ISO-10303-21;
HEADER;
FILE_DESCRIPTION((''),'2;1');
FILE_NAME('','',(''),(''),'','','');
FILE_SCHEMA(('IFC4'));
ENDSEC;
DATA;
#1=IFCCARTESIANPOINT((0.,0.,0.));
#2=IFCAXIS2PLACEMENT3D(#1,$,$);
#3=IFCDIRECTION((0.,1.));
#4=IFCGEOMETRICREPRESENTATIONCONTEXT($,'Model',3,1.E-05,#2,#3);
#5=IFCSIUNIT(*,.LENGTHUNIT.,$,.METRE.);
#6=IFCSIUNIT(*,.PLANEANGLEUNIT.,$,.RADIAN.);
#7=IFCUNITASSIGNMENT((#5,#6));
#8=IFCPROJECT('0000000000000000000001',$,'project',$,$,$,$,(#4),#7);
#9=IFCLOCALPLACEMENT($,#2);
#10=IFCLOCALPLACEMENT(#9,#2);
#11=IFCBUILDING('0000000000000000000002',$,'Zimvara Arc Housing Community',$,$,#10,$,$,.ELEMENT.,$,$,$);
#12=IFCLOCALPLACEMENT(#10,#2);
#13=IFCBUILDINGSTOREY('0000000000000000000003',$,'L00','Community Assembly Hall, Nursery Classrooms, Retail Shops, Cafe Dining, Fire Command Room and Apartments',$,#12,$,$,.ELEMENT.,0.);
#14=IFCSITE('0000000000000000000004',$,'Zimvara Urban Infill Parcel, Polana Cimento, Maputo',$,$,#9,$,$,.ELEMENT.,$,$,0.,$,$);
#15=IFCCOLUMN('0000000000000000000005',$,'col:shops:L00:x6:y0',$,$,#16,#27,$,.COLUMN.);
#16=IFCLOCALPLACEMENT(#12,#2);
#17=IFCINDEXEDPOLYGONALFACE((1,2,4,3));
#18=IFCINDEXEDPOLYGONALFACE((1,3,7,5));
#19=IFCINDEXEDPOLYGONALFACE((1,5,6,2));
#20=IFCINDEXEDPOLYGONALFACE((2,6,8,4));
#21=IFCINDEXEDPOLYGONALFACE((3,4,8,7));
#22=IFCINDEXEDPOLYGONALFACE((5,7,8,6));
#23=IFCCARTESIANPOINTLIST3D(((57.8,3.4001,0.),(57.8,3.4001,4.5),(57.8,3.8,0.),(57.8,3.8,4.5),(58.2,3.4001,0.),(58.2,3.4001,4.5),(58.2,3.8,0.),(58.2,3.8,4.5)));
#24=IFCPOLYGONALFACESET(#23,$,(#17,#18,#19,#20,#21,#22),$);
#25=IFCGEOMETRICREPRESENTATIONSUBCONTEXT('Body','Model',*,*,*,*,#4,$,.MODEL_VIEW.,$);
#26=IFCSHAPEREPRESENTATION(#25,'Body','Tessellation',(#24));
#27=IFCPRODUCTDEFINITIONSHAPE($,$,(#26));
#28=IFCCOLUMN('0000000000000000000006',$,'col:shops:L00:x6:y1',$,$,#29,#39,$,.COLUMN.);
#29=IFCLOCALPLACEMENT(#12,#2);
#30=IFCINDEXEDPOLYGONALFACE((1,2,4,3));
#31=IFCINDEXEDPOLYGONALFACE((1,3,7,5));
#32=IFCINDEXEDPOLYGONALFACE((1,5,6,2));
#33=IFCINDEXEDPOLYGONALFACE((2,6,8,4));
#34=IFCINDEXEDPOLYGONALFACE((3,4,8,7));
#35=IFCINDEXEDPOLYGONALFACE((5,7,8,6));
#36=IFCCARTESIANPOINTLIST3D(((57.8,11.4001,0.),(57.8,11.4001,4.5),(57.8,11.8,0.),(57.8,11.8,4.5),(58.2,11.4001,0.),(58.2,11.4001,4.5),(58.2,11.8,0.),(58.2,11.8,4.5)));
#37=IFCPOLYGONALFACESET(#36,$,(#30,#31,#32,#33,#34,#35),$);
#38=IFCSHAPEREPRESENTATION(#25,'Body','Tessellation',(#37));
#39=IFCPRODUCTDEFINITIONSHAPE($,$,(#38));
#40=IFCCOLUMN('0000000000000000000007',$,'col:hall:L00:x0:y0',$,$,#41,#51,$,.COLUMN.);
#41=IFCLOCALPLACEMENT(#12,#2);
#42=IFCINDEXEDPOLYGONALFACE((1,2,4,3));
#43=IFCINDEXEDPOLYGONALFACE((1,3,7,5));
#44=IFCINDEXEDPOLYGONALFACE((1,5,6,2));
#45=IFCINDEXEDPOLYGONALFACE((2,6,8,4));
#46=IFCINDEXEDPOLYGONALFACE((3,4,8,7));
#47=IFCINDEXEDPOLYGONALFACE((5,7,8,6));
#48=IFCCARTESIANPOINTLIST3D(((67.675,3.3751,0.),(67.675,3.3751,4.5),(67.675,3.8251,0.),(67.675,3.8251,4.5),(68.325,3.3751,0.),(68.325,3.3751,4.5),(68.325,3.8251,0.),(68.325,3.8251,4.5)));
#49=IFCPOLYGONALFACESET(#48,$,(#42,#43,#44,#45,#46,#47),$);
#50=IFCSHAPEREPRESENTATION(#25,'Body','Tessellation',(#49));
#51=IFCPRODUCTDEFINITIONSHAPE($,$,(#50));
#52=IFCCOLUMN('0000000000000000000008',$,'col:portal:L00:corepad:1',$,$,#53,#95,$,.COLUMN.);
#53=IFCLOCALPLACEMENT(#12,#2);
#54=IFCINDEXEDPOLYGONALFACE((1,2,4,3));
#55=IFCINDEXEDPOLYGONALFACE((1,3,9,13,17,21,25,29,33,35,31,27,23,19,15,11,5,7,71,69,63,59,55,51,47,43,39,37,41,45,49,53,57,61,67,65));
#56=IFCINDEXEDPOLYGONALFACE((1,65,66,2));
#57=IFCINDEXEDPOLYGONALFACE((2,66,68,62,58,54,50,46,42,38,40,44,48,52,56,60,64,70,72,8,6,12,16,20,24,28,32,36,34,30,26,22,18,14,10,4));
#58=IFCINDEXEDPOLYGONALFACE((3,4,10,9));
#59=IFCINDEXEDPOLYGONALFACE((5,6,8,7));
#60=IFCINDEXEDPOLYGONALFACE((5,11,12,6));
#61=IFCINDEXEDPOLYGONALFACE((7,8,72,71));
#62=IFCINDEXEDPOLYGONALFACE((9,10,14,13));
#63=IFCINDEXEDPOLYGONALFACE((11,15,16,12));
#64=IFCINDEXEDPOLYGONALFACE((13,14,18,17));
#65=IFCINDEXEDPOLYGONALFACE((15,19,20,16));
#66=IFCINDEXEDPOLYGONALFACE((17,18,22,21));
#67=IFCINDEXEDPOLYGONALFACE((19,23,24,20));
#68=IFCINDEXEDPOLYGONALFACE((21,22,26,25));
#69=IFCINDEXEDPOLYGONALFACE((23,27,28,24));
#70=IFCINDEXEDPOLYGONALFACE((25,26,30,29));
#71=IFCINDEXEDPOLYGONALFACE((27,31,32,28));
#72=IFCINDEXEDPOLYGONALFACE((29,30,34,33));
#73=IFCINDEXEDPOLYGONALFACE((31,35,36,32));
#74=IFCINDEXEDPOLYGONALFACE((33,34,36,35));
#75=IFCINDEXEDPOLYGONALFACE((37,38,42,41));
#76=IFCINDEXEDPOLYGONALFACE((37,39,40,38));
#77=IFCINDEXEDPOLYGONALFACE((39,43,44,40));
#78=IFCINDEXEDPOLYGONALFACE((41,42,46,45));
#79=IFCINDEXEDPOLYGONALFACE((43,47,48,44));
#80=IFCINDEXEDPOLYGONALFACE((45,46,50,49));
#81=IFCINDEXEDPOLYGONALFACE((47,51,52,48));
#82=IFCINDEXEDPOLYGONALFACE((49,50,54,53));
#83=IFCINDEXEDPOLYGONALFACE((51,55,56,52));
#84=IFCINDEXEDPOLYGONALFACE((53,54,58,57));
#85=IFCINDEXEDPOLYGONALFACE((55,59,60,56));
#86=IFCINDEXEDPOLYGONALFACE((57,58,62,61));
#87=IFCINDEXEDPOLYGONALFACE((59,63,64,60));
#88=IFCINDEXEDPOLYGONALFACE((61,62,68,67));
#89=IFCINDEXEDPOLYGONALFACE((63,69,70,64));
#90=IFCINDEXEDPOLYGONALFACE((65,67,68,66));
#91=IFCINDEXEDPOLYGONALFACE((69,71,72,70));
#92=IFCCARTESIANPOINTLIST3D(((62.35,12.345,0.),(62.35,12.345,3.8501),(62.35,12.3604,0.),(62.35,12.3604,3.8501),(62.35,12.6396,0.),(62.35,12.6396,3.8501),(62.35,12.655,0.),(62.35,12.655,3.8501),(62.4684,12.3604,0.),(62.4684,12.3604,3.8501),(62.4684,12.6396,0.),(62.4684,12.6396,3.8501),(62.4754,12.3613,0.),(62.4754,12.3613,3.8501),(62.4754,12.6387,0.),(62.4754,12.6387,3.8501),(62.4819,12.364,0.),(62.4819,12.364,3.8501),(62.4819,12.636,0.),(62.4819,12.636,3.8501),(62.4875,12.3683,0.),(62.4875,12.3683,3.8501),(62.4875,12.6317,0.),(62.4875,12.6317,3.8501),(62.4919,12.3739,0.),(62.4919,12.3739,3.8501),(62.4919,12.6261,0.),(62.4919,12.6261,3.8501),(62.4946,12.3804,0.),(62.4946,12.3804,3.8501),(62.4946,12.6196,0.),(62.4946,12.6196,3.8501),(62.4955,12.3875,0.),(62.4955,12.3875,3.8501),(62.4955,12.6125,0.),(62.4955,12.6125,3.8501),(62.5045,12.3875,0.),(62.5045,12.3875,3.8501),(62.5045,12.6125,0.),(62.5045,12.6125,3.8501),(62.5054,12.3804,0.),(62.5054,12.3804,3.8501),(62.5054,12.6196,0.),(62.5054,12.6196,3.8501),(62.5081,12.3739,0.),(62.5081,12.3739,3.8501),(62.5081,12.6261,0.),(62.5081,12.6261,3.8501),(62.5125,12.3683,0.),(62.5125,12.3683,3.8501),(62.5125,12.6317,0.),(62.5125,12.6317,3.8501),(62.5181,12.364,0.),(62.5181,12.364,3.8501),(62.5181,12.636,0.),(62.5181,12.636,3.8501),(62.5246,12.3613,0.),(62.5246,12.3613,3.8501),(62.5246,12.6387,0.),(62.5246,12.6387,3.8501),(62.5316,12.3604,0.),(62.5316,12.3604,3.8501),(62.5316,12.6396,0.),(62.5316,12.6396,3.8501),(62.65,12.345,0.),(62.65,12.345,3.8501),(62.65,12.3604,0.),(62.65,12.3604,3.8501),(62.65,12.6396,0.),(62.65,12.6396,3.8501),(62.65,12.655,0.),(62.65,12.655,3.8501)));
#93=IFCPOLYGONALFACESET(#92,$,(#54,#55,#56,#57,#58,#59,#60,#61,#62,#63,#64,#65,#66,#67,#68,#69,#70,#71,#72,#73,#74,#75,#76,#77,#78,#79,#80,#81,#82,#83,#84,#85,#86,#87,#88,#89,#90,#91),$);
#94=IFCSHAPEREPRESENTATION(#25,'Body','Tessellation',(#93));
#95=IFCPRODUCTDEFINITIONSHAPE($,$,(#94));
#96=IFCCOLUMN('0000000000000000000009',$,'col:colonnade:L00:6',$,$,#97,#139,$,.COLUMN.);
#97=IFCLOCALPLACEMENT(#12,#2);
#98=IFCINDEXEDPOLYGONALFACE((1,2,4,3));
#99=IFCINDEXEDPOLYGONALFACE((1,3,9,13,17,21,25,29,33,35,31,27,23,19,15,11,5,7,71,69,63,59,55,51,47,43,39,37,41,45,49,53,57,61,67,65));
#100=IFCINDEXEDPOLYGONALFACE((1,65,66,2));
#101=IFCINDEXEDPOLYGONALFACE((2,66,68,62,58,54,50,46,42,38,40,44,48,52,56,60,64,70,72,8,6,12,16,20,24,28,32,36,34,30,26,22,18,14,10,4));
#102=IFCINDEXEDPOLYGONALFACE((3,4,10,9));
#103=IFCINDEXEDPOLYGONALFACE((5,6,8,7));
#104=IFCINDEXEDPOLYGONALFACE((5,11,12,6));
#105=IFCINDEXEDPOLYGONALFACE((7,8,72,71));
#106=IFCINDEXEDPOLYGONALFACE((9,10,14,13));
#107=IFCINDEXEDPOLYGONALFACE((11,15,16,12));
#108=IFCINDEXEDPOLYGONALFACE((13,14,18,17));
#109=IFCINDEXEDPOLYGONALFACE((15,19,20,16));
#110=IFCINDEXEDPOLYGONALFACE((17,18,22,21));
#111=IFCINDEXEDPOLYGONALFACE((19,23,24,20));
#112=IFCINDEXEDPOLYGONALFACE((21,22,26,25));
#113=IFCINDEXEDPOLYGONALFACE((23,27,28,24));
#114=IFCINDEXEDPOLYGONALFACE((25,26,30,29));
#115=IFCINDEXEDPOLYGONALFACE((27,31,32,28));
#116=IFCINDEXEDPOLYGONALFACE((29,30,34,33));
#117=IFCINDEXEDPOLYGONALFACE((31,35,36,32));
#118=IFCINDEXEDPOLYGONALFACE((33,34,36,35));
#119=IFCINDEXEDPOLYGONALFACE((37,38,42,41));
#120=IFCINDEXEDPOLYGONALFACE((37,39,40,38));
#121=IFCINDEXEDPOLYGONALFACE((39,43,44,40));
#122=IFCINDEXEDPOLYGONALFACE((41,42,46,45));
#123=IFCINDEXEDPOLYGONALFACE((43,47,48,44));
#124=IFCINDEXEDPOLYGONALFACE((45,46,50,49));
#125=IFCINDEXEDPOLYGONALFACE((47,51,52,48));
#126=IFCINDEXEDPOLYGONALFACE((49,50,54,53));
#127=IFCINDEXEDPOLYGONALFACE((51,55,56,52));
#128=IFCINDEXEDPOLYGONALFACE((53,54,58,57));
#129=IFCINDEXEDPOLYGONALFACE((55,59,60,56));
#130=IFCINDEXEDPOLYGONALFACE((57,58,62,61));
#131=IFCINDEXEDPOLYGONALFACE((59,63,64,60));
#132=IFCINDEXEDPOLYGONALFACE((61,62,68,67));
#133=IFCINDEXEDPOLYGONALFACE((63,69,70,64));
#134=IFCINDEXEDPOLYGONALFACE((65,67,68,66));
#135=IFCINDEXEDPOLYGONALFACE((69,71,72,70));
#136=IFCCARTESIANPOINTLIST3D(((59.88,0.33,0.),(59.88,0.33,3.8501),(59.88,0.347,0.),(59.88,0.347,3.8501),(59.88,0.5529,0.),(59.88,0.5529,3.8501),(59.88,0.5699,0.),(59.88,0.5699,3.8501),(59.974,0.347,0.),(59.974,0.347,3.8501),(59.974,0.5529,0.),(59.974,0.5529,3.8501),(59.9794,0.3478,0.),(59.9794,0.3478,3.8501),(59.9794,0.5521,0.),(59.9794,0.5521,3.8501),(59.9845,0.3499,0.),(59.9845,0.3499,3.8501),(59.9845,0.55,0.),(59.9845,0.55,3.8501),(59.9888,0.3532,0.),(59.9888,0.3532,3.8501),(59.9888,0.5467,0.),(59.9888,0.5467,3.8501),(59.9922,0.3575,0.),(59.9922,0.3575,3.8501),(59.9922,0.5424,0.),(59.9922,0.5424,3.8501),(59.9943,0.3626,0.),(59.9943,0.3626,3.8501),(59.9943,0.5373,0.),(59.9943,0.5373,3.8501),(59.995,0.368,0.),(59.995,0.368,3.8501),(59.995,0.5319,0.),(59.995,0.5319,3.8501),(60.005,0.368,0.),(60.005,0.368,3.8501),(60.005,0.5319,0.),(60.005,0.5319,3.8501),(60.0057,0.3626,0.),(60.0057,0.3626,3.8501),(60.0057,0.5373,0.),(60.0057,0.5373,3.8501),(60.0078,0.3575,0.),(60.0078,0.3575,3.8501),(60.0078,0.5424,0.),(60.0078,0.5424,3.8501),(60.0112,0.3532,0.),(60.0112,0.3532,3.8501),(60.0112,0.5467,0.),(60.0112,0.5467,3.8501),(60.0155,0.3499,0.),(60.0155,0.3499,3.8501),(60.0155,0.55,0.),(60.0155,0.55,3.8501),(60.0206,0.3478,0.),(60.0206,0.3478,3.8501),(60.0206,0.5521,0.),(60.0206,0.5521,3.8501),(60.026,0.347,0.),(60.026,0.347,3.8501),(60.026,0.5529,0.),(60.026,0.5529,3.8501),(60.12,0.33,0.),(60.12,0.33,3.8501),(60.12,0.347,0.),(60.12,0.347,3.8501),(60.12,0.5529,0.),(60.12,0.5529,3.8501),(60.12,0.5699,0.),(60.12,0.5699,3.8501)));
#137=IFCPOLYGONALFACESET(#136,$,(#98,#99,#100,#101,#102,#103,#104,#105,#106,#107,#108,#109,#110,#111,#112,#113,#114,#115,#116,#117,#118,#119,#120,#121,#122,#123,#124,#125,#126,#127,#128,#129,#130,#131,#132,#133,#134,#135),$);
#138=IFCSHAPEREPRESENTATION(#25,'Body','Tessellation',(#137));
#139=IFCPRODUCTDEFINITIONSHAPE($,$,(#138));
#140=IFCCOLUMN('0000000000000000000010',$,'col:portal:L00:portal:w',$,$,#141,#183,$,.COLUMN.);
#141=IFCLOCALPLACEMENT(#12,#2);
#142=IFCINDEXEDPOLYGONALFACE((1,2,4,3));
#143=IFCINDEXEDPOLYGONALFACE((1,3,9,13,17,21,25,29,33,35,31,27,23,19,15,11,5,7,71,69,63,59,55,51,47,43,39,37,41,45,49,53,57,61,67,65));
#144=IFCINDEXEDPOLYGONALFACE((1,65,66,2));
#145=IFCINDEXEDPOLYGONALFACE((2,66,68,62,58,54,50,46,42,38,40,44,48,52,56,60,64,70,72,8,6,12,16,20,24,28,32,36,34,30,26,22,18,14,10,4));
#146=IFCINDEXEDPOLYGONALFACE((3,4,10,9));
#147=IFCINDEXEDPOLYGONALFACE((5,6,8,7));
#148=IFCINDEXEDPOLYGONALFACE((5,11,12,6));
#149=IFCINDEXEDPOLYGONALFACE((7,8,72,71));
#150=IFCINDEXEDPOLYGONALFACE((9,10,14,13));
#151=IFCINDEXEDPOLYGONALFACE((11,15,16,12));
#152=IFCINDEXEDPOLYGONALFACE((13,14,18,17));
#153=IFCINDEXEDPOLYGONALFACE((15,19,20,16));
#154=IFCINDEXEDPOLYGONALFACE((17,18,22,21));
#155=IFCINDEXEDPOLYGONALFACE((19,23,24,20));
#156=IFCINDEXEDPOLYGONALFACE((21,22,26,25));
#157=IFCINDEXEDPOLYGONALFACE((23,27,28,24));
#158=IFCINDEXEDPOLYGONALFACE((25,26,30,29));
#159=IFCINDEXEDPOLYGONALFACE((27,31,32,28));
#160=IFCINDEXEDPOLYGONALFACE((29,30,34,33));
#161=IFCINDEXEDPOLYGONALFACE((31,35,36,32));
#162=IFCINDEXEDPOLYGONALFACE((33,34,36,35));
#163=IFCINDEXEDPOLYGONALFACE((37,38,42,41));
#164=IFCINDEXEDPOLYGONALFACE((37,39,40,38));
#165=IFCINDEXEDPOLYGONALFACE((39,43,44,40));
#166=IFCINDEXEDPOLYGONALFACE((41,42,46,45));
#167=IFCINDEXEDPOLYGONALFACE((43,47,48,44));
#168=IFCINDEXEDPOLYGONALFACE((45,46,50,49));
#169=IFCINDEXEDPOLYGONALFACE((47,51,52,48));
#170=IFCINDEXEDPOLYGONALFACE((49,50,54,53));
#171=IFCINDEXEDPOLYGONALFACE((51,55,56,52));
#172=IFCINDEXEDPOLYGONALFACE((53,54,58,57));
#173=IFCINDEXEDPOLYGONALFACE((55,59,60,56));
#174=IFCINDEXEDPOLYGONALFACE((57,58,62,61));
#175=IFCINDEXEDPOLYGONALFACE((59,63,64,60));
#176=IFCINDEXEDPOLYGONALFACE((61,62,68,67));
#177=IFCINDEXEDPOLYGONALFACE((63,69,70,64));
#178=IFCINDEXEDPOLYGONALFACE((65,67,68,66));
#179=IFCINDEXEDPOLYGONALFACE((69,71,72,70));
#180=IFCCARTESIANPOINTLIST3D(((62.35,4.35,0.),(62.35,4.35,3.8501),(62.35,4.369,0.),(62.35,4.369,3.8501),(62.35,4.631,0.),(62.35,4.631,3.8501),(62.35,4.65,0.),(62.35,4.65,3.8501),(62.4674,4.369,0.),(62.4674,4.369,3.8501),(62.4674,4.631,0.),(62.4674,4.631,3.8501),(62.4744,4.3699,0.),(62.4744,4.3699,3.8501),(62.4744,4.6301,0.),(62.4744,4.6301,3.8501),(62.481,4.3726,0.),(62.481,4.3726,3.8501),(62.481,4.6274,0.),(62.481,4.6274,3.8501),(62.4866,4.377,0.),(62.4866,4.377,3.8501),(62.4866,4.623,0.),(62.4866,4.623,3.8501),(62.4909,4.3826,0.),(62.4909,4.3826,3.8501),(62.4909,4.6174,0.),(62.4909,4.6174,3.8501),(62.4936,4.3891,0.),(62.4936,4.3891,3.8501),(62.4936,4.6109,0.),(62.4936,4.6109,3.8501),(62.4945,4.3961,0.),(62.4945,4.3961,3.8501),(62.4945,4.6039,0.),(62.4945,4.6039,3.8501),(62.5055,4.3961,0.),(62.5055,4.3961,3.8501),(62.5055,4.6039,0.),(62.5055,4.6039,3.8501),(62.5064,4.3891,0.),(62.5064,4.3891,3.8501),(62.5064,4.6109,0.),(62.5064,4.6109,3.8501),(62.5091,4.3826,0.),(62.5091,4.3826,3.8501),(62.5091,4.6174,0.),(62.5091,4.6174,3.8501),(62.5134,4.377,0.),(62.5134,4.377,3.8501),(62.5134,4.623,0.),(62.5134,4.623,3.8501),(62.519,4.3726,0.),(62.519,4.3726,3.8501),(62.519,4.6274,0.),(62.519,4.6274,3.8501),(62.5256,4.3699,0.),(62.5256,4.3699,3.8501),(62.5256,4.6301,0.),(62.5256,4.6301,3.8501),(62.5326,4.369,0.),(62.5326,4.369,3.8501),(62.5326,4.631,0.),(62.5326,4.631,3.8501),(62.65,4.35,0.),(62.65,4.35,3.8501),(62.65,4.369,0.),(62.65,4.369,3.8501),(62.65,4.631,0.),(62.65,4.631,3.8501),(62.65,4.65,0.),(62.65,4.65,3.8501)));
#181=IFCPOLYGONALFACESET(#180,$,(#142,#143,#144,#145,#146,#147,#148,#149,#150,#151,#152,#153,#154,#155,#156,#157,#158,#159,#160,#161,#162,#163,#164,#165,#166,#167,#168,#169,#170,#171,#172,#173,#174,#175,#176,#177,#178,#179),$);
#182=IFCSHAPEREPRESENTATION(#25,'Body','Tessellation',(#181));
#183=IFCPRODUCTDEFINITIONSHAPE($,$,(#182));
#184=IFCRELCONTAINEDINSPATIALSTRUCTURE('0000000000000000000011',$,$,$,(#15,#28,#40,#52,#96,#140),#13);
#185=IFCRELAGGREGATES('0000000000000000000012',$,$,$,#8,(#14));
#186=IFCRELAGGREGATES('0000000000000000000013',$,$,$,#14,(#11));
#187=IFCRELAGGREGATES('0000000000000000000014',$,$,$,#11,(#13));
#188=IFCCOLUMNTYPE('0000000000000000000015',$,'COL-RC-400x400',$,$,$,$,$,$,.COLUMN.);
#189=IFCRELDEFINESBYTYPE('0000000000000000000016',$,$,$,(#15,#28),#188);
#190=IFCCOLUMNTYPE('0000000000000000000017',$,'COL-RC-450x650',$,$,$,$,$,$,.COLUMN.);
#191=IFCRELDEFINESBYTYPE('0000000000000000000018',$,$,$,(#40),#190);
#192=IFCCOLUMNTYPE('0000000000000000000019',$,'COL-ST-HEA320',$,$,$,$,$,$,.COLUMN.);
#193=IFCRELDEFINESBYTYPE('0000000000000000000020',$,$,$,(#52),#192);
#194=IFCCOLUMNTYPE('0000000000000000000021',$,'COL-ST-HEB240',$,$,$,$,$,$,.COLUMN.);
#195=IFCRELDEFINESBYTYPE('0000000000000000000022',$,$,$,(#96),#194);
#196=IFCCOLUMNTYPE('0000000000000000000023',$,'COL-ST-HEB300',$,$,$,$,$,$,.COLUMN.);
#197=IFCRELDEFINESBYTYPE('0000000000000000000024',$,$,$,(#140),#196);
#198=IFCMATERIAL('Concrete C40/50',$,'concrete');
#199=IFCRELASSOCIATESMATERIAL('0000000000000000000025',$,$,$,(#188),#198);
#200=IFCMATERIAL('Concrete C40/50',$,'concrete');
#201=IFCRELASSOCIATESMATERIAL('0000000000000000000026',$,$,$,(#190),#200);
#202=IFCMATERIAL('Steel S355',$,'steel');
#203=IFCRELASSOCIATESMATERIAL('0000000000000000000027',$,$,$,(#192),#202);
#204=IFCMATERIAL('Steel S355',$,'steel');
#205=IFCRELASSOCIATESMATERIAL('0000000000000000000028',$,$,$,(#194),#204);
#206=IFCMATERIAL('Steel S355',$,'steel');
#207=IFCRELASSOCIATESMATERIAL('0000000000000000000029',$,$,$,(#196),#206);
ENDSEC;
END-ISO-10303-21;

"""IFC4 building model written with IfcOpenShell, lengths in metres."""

from ifc_helpers import new_model, si_unit, direction, frame, origin, origin_2d, place, context, subcontext, project, spatial, rectangle, i_section, extrude, material, material_profile, profile_set, type_object, element, save


model = new_model("IFC4")

# Units and contexts
model_context = context("Model", 3, precision=1e-05, world=origin(), true_north=direction((0.0, 1.0)))
body_context = subcontext(model_context, "Body", "Model", "MODEL_VIEW")
ifc_project = project(units=[si_unit("LENGTHUNIT", "METRE"), si_unit("PLANEANGLEUNIT", "RADIAN")], contexts=[model_context])

# Site, building, storey
site_placement = place(None, origin())
site = spatial("IfcSite", under=ifc_project, at=site_placement, Name="Zimvara Urban Infill Parcel, Polana Cimento, Maputo", CompositionType="ELEMENT", RefElevation=0.0)
building_placement = place(site_placement, origin())
building = spatial("IfcBuilding", under=site, at=building_placement, Name="Zimvara Arc Housing Community", CompositionType="ELEMENT")
storey_placement = place(building_placement, origin())
storey = spatial("IfcBuildingStorey", under=building, at=storey_placement, Name="L00", Description="Community Assembly Hall, Nursery Classrooms, Retail Shops, Cafe Dining, Fire Command Room and Apartments", CompositionType="ELEMENT", Elevation=0.0)

# Columns
ifc_material_1 = material(Name="Concrete C40/50", Category="concrete")
ifc_material_profile_1 = material_profile(ifc_material_1, rectangle(XDim=0.3999, YDim=0.3999, at=origin_2d()), Name="RC 400x400")
ifc_profile_set_1 = profile_set([ifc_material_profile_1], Name="Concrete C40/50")
column_type_1 = type_object("IfcColumnType", Name="COL-RC-400x400", PredefinedType="COLUMN", material=ifc_profile_set_1)
for number, where, z_axis, x_axis, name in (
    (1, (58.0, 3.6001, 0.0), (0.0, 0.0, 1.0), (1.0, 0.0, 0.0), "col:shops:L00:x6:y0"),
    (2, (58.0, 11.6001, 0.0), (0.0, 0.0, 1.0), (1.0, 0.0, 0.0), "col:shops:L00:x6:y1"),
):
    element("IfcColumn", number, at=place(storey_placement, frame(where, z_axis=z_axis, x_axis=x_axis)), inside=storey, type_object=column_type_1, Name=name, PredefinedType="COLUMN", context=body_context, shape_type="SweptSolid", body=[
        extrude(rectangle(XDim=0.3999, YDim=0.3999, at=origin_2d()), origin(), (0.0, 0.0, 1.0), 4.5),
    ])
ifc_material_2 = material(Name="Concrete C40/50", Category="concrete")
ifc_material_profile_2 = material_profile(ifc_material_2, rectangle(XDim=0.45, YDim=0.6499, at=origin_2d()), Name="RC 450x650")
ifc_profile_set_2 = profile_set([ifc_material_profile_2], Name="Concrete C40/50")
column_type_2 = type_object("IfcColumnType", Name="COL-RC-450x650", PredefinedType="COLUMN", material=ifc_profile_set_2)
column_1_placement = place(storey_placement, frame((68.0, 3.6001, 0.0), z_axis=(0.0, 0.0, 1.0), x_axis=(0.0, 1.0, 0.0)))
element("IfcColumn", 3, at=column_1_placement, inside=storey, type_object=column_type_2, Name="col:hall:L00:x0:y0", PredefinedType="COLUMN", context=body_context, shape_type="SweptSolid", body=[
    extrude(rectangle(XDim=0.45, YDim=0.6499, at=origin_2d()), origin(), (0.0, 0.0, 1.0), 4.5),
])
ifc_material_3 = material(Name="Steel S355", Category="steel")
ifc_material_profile_3 = material_profile(ifc_material_3, i_section(OverallWidth=0.3, OverallDepth=0.3101, WebThickness=0.009, FlangeThickness=0.0154, FilletRadius=0.0271, at=origin_2d()), Name="HEA 320")
ifc_profile_set_3 = profile_set([ifc_material_profile_3], Name="Steel S355")
column_type_3 = type_object("IfcColumnType", Name="COL-ST-HEA320", PredefinedType="COLUMN", material=ifc_profile_set_3)
column_2_placement = place(storey_placement, frame((62.5, 12.5, 0.0), z_axis=(0.0, 0.0, 1.0), x_axis=(1.0, 0.0, 0.0)))
element("IfcColumn", 4, at=column_2_placement, inside=storey, type_object=column_type_3, Name="col:portal:L00:corepad:1", PredefinedType="COLUMN", context=body_context, shape_type="SweptSolid", body=[
    extrude(i_section(OverallWidth=0.3, OverallDepth=0.3101, WebThickness=0.009, FlangeThickness=0.0154, FilletRadius=0.0271, at=origin_2d()), origin(), (0.0, 0.0, 1.0), 3.8501),
])
ifc_material_4 = material(Name="Steel S355", Category="steel")
ifc_material_profile_4 = material_profile(ifc_material_4, i_section(OverallWidth=0.24, OverallDepth=0.24, WebThickness=0.01, FlangeThickness=0.0171, FilletRadius=0.021, at=origin_2d()), Name="HEB 240")
ifc_profile_set_4 = profile_set([ifc_material_profile_4], Name="Steel S355")
column_type_4 = type_object("IfcColumnType", Name="COL-ST-HEB240", PredefinedType="COLUMN", material=ifc_profile_set_4)
column_3_placement = place(storey_placement, frame((60.0, 0.45, 0.0), z_axis=(0.0, 0.0, 1.0), x_axis=(1.0, 0.0, 0.0)))
element("IfcColumn", 5, at=column_3_placement, inside=storey, type_object=column_type_4, Name="col:colonnade:L00:6", PredefinedType="COLUMN", context=body_context, shape_type="SweptSolid", body=[
    extrude(i_section(OverallWidth=0.24, OverallDepth=0.24, WebThickness=0.01, FlangeThickness=0.0171, FilletRadius=0.021, at=origin_2d()), origin(), (0.0, 0.0, 1.0), 3.8501),
])
ifc_material_5 = material(Name="Steel S355", Category="steel")
ifc_material_profile_5 = material_profile(ifc_material_5, i_section(OverallWidth=0.3, OverallDepth=0.3, WebThickness=0.011, FlangeThickness=0.019, FilletRadius=0.0271, at=origin_2d()), Name="HEB 300")
ifc_profile_set_5 = profile_set([ifc_material_profile_5], Name="Steel S355")
column_type_5 = type_object("IfcColumnType", Name="COL-ST-HEB300", PredefinedType="COLUMN", material=ifc_profile_set_5)
column_4_placement = place(storey_placement, frame((62.5, 4.5, 0.0), z_axis=(0.0, 0.0, 1.0), x_axis=(1.0, 0.0, 0.0)))
element("IfcColumn", 6, at=column_4_placement, inside=storey, type_object=column_type_5, Name="col:portal:L00:portal:w", PredefinedType="COLUMN", context=body_context, shape_type="SweptSolid", body=[
    extrude(i_section(OverallWidth=0.3, OverallDepth=0.3, WebThickness=0.011, FlangeThickness=0.019, FilletRadius=0.0271, at=origin_2d()), origin(), (0.0, 0.0, 1.0), 3.8501),
])

save(model, "model.ifc")
